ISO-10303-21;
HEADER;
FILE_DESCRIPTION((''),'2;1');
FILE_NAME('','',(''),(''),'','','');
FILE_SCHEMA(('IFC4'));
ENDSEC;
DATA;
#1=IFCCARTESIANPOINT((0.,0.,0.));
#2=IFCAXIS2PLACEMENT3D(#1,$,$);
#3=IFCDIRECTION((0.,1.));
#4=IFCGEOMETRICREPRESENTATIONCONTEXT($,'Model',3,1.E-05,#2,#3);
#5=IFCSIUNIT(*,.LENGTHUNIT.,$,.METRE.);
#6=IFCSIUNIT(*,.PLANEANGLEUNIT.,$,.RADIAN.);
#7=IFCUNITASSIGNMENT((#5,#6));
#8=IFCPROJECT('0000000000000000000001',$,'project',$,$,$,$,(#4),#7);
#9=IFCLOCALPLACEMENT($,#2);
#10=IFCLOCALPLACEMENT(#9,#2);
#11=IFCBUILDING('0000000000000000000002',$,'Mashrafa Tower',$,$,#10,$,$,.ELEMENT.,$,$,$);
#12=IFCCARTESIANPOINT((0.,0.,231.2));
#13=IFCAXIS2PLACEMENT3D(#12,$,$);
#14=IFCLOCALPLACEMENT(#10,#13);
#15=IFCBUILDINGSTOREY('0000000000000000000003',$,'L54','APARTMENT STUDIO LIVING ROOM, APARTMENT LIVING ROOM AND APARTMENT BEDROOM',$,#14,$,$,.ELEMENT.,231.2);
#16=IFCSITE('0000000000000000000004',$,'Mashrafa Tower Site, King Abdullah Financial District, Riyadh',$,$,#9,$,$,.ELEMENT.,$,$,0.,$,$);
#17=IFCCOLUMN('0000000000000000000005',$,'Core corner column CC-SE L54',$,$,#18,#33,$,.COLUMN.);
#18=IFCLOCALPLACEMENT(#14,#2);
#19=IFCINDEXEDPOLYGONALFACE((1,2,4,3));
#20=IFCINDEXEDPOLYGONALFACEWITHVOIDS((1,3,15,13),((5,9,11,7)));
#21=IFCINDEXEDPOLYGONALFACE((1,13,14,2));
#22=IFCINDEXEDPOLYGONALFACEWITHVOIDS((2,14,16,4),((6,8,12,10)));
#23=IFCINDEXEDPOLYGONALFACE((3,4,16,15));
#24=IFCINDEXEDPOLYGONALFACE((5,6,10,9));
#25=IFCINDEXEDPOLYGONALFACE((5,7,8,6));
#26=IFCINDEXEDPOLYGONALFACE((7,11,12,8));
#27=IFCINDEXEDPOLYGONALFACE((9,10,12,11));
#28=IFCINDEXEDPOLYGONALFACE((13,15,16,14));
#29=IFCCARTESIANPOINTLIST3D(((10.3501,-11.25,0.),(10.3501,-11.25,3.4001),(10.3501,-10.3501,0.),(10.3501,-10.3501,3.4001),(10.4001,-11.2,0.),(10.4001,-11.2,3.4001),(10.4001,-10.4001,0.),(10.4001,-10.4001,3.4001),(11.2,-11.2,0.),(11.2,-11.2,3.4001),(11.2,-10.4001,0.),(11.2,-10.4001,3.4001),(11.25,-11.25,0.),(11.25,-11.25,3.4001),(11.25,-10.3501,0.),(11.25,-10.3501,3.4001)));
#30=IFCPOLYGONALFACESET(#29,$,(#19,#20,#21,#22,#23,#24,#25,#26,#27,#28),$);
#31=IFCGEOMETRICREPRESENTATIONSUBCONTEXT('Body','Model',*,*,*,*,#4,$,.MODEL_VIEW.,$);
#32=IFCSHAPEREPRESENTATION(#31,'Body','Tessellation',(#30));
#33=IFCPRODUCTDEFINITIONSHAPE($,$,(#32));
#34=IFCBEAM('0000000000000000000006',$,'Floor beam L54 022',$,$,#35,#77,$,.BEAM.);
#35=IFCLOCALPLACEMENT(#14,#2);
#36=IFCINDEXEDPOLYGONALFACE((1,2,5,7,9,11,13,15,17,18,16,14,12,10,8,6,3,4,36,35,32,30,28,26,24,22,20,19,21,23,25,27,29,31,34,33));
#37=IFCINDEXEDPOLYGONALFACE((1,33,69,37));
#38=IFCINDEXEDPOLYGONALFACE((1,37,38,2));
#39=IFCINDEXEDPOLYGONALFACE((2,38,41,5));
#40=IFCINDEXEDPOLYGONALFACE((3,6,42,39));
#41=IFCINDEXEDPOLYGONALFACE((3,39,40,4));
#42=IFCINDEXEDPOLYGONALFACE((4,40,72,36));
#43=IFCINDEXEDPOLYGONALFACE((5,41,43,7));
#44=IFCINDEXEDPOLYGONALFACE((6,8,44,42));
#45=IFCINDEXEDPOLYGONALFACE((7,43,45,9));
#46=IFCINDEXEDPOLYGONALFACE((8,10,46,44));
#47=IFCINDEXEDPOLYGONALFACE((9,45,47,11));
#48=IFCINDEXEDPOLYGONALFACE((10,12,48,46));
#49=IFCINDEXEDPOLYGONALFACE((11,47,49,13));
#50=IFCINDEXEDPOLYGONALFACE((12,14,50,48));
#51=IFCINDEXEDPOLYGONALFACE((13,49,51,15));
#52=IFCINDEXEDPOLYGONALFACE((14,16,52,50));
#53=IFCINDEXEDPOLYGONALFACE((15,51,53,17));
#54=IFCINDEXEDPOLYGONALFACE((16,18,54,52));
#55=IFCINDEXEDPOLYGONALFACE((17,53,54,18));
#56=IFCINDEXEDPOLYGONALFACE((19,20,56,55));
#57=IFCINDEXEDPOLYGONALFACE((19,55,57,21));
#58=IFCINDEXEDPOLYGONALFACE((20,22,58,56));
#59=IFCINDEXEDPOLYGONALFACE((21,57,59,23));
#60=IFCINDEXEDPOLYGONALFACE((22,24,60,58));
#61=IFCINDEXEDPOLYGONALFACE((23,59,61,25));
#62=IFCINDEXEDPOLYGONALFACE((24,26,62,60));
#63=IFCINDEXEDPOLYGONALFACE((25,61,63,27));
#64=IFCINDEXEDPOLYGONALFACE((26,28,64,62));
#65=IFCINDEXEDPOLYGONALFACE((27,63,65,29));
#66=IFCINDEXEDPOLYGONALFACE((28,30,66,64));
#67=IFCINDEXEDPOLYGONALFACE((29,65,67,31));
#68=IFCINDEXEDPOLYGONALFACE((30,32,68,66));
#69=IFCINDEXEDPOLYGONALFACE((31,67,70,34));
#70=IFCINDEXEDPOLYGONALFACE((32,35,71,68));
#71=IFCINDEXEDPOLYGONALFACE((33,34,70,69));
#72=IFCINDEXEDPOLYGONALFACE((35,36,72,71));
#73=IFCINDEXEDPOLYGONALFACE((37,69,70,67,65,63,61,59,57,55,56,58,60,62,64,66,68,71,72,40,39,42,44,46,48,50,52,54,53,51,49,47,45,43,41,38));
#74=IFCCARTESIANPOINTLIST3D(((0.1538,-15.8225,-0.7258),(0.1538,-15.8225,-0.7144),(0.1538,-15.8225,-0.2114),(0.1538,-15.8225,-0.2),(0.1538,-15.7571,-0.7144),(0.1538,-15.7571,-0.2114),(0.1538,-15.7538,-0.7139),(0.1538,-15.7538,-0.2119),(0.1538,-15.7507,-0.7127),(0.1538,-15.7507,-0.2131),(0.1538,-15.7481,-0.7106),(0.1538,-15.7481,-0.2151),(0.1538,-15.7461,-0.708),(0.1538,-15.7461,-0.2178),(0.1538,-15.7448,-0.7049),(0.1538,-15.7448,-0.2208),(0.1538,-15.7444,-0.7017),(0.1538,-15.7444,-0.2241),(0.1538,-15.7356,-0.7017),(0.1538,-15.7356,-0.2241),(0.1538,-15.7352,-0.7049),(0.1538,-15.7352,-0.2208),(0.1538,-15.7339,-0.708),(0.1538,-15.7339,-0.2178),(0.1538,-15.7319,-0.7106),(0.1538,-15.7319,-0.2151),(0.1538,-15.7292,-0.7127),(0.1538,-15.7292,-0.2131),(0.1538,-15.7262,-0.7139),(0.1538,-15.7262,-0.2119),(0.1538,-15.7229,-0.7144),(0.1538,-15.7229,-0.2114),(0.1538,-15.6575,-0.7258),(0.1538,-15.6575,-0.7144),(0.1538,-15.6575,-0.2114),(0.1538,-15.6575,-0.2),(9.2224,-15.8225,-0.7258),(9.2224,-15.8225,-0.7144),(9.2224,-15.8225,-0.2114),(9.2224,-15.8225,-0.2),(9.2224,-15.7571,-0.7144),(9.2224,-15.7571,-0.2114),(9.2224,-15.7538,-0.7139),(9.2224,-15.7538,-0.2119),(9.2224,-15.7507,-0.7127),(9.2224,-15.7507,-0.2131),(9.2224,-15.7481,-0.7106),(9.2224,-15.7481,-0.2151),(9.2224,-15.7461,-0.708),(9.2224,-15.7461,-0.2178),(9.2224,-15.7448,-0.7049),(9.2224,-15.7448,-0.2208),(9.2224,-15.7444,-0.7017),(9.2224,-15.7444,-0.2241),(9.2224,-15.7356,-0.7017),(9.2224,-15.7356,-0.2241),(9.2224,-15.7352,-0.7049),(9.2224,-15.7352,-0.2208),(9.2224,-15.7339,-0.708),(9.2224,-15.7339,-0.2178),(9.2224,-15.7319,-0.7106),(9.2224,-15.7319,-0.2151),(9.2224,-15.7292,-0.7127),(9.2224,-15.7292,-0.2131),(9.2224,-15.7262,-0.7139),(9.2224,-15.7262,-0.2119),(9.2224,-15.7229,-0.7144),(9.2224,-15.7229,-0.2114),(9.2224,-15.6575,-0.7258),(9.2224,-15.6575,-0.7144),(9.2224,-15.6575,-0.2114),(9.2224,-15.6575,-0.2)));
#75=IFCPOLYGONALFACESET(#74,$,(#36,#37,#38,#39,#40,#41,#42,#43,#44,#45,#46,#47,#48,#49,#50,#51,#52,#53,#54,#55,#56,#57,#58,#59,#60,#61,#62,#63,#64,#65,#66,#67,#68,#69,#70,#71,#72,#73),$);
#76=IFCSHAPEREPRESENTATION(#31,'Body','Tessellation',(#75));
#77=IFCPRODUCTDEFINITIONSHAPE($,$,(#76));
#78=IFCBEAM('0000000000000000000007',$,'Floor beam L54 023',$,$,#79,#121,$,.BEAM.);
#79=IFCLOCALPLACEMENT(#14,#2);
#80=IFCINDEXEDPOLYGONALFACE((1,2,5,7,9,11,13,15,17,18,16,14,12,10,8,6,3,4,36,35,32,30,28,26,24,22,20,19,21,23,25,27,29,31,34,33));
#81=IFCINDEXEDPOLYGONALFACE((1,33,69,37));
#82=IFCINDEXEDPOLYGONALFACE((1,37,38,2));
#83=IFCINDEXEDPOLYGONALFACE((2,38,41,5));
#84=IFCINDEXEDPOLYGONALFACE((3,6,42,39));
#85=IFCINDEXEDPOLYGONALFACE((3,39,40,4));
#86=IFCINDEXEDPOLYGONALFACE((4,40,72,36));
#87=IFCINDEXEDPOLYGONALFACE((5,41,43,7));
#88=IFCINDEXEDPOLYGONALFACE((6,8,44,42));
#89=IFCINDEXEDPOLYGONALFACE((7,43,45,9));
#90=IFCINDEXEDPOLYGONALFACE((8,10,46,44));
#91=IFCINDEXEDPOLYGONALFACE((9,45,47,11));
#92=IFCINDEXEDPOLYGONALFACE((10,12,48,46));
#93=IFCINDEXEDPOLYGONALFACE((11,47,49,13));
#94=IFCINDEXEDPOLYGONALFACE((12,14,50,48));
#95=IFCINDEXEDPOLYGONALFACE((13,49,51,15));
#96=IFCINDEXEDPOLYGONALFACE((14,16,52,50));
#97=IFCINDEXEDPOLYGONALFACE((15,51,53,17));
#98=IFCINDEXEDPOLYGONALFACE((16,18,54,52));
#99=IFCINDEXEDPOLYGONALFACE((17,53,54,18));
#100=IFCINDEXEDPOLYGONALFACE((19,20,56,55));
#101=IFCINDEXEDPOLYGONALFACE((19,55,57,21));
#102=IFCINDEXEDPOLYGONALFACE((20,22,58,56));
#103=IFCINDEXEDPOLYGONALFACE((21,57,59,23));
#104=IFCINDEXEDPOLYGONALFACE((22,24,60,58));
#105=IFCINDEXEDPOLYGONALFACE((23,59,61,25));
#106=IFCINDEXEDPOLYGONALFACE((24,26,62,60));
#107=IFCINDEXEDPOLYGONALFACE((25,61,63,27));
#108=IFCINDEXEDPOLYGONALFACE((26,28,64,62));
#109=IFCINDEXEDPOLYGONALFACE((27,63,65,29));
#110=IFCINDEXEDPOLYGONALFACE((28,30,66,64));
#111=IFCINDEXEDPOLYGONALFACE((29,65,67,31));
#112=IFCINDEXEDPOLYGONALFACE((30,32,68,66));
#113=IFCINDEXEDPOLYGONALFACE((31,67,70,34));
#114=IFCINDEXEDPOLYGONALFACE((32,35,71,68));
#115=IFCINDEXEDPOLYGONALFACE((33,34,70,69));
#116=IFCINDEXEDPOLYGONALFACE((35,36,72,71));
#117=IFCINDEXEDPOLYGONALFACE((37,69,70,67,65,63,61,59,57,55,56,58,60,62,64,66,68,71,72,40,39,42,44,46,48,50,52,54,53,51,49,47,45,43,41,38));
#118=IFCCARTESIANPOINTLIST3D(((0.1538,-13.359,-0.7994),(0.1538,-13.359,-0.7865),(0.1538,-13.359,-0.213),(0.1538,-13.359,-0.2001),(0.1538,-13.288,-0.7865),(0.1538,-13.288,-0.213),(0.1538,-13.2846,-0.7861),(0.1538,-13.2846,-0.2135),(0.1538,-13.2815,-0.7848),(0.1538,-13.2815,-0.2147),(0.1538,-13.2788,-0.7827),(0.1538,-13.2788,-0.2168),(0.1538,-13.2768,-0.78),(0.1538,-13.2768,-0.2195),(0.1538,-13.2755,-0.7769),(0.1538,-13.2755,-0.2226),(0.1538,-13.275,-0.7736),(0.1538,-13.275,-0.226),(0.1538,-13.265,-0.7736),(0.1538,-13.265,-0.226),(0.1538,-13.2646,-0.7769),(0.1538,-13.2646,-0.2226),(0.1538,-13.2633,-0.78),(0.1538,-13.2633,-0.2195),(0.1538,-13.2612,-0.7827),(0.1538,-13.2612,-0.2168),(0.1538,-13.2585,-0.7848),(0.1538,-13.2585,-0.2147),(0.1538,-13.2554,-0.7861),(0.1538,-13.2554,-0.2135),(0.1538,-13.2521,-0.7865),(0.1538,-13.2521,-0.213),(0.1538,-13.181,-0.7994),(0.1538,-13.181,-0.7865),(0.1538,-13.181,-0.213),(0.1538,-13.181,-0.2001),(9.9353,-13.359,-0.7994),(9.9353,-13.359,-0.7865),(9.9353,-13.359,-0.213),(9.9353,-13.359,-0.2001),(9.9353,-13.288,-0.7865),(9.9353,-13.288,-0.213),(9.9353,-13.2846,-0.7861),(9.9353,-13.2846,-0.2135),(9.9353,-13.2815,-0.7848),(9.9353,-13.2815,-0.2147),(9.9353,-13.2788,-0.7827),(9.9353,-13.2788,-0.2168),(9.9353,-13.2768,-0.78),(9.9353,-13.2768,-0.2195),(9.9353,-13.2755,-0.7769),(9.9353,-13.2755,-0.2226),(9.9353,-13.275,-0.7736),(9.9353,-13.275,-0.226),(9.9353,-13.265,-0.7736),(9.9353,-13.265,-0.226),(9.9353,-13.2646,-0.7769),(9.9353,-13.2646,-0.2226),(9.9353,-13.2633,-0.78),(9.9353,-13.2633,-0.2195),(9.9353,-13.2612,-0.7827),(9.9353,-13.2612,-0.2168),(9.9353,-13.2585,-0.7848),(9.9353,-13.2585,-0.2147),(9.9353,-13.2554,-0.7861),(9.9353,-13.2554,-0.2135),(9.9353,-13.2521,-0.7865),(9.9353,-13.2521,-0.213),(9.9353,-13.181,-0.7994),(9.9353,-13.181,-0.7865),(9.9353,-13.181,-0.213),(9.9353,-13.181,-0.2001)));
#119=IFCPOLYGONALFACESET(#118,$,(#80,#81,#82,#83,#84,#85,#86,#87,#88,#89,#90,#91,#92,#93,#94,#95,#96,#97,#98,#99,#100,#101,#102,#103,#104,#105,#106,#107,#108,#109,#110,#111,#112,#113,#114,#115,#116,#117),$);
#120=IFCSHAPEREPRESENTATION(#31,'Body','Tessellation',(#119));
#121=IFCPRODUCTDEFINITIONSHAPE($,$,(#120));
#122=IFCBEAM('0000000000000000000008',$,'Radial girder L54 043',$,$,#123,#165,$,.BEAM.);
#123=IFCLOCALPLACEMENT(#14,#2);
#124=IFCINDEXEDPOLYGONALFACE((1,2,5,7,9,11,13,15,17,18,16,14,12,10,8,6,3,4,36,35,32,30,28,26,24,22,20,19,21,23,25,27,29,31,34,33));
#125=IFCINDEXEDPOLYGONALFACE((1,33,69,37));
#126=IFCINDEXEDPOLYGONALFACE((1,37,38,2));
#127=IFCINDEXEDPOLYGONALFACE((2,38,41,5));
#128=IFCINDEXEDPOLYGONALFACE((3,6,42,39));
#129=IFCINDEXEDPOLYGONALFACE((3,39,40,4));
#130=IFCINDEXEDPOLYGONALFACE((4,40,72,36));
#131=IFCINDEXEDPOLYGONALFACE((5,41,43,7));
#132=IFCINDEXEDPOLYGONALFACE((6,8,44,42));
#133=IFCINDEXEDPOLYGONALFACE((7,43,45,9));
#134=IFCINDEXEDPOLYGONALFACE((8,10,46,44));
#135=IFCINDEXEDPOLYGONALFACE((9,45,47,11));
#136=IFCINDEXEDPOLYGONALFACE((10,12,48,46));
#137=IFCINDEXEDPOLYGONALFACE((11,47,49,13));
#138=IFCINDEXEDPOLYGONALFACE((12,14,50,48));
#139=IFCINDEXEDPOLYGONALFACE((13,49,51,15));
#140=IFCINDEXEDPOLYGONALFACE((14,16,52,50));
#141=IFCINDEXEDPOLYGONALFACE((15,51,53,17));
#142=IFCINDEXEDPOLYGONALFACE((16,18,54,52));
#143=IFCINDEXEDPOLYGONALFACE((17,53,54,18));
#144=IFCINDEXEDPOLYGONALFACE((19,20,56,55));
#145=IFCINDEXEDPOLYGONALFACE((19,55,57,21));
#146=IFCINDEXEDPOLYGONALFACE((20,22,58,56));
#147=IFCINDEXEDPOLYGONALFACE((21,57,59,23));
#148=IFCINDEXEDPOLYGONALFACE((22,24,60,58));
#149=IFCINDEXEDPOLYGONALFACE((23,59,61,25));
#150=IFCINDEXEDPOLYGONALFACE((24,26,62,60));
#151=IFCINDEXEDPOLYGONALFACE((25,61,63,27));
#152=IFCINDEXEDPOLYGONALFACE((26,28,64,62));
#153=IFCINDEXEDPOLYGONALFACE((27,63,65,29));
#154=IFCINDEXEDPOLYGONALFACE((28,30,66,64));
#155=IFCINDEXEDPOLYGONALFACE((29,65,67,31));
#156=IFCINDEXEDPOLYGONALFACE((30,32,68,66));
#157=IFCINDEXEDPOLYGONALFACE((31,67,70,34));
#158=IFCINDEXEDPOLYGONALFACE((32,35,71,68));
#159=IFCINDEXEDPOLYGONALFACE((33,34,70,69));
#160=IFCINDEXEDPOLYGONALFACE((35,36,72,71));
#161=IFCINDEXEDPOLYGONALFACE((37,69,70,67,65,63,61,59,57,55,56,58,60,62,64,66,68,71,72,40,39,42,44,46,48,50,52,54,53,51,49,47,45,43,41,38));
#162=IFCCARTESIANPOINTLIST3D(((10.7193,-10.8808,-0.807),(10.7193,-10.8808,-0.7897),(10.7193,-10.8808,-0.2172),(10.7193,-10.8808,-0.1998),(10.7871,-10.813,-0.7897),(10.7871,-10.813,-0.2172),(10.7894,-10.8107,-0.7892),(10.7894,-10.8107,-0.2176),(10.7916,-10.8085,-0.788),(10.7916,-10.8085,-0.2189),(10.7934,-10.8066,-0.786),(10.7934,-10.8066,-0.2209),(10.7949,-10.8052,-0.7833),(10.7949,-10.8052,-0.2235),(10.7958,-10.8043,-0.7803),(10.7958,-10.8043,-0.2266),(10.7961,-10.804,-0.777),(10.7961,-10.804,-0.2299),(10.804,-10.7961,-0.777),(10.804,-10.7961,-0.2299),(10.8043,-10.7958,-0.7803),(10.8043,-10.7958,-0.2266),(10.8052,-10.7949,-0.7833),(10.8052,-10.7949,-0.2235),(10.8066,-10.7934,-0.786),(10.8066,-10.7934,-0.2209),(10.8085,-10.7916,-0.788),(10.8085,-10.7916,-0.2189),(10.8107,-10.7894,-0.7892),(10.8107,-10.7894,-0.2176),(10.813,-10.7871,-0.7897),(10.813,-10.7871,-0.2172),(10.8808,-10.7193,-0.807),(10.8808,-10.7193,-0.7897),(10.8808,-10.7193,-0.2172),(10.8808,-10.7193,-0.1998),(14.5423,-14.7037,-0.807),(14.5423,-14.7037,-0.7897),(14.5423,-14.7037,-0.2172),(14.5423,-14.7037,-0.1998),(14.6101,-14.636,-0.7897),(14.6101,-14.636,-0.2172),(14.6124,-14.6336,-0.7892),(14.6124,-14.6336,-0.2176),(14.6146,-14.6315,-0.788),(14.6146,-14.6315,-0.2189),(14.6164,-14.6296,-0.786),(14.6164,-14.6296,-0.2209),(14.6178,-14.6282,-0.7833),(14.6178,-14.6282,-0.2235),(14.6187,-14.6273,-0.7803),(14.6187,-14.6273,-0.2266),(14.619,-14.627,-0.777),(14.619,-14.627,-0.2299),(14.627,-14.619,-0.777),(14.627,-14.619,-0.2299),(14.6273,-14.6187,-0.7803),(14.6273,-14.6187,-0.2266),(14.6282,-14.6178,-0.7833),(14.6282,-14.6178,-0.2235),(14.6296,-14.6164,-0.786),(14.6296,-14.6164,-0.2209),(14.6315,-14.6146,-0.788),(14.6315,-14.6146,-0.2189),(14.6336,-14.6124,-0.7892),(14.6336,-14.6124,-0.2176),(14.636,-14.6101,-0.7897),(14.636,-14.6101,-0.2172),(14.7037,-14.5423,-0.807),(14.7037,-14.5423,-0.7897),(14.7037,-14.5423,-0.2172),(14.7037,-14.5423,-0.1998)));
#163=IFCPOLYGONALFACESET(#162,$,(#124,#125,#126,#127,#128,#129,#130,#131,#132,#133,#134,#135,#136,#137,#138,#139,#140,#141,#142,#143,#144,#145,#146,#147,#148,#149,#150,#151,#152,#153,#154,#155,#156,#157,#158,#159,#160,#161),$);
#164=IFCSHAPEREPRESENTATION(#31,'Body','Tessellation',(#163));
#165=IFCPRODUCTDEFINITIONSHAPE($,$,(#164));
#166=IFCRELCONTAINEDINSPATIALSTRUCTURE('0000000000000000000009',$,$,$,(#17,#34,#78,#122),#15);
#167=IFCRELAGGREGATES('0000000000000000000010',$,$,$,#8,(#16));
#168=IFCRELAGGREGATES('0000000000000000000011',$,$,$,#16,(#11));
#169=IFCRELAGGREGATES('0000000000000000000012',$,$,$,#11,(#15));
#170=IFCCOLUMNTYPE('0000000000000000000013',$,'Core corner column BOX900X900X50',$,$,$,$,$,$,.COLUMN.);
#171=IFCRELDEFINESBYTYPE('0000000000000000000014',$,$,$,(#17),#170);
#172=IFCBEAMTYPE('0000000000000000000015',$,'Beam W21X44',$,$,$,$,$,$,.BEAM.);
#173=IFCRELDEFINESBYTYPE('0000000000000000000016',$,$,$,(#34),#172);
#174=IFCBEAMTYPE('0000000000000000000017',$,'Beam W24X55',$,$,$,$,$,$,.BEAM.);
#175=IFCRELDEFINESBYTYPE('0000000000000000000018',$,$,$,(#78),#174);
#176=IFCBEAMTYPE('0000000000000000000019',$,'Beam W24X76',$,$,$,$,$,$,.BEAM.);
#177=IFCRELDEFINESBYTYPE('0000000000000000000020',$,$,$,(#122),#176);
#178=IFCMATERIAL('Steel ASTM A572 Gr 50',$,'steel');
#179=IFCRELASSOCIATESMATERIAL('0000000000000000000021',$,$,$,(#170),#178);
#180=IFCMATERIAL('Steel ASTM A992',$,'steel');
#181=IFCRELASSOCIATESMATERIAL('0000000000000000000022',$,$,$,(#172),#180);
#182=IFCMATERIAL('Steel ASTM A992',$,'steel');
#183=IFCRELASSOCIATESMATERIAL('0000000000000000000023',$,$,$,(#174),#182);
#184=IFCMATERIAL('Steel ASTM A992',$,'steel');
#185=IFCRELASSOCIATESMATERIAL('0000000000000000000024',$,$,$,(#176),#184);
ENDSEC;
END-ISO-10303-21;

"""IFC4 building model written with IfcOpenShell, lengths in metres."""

from ifc_helpers import new_model, si_unit, direction, frame, origin, origin_2d, place, context, subcontext, project, spatial, hollow_rectangle, i_section, extrude, material, material_profile, profile_set, type_object, element, save


model = new_model("IFC4")

# Units and contexts
model_context = context("Model", 3, precision=1e-05, world=origin(), true_north=direction((0.0, 1.0)))
body_context = subcontext(model_context, "Body", "Model", "MODEL_VIEW")
ifc_project = project(units=[si_unit("LENGTHUNIT", "METRE"), si_unit("PLANEANGLEUNIT", "RADIAN")], contexts=[model_context])

# Site, building, storey
site_placement = place(None, origin())
site = spatial("IfcSite", under=ifc_project, at=site_placement, Name="Mashrafa Tower Site, King Abdullah Financial District, Riyadh", CompositionType="ELEMENT", RefElevation=0.0)
building_placement = place(site_placement, origin())
building = spatial("IfcBuilding", under=site, at=building_placement, Name="Mashrafa Tower", CompositionType="ELEMENT")
storey_placement = place(building_placement, frame((0.0, 0.0, 231.2)))
storey = spatial("IfcBuildingStorey", under=building, at=storey_placement, Name="L54", Description="APARTMENT STUDIO LIVING ROOM, APARTMENT LIVING ROOM AND APARTMENT BEDROOM", CompositionType="ELEMENT", Elevation=231.2)

# Column
ifc_material_1 = material(Name="Steel ASTM A572 Gr 50", Category="steel")
ifc_material_profile_1 = material_profile(ifc_material_1, hollow_rectangle(XDim=0.8999, YDim=0.8999, WallThickness=0.05, at=origin_2d()), Name="BOX900X900X50")
ifc_profile_set_1 = profile_set([ifc_material_profile_1], Name="Steel ASTM A572 Gr 50")
column_type = type_object("IfcColumnType", Name="Core corner column BOX900X900X50", PredefinedType="COLUMN", material=ifc_profile_set_1)
column_placement = place(storey_placement, frame((10.8, -10.8, 0.0), z_axis=(0.0, 0.0, 1.0), x_axis=(1.0, 0.0, 0.0)))
element("IfcColumn", 1, at=column_placement, inside=storey, type_object=column_type, Name="Core corner column CC-SE L54", PredefinedType="COLUMN", context=body_context, shape_type="SweptSolid", body=[
    extrude(hollow_rectangle(XDim=0.8999, YDim=0.8999, WallThickness=0.05, at=origin_2d()), origin(), (0.0, 0.0, 1.0), 3.4001),
])

# Beams
ifc_material_2 = material(Name="Steel ASTM A992", Category="steel")
ifc_material_profile_2 = material_profile(ifc_material_2, i_section(OverallWidth=0.165, OverallDepth=0.5259, WebThickness=0.0088, FlangeThickness=0.0115, FilletRadius=0.0127, at=origin_2d()), Name="W21X44")
ifc_profile_set_2 = profile_set([ifc_material_profile_2], Name="Steel ASTM A992")
beam_type_1 = type_object("IfcBeamType", Name="Beam W21X44", PredefinedType="BEAM", material=ifc_profile_set_2)
beam_1_placement = place(storey_placement, frame((9.2224, -15.74, -0.4629), z_axis=(-1.0, 0.0, 0.0), x_axis=(0.0, -1.0, 0.0)))
element("IfcBeam", 2, at=beam_1_placement, inside=storey, type_object=beam_type_1, Name="Floor beam L54 022", PredefinedType="BEAM", context=body_context, shape_type="SweptSolid", body=[
    extrude(i_section(OverallWidth=0.165, OverallDepth=0.5259, WebThickness=0.0088, FlangeThickness=0.0115, FilletRadius=0.0127, at=origin_2d()), origin(), (0.0, 0.0, 1.0), 9.0686),
])
ifc_material_3 = material(Name="Steel ASTM A992", Category="steel")
ifc_material_profile_3 = material_profile(ifc_material_3, i_section(OverallWidth=0.178, OverallDepth=0.5994, WebThickness=0.01, FlangeThickness=0.0129, FilletRadius=0.0129, at=origin_2d()), Name="W24X55")
ifc_profile_set_3 = profile_set([ifc_material_profile_3], Name="Steel ASTM A992")
beam_type_2 = type_object("IfcBeamType", Name="Beam W24X55", PredefinedType="BEAM", material=ifc_profile_set_3)
beam_2_placement = place(storey_placement, frame((9.9353, -13.27, -0.4998), z_axis=(-1.0, 0.0, 0.0), x_axis=(0.0, -1.0, 0.0)))
element("IfcBeam", 3, at=beam_2_placement, inside=storey, type_object=beam_type_2, Name="Floor beam L54 023", PredefinedType="BEAM", context=body_context, shape_type="SweptSolid", body=[
    extrude(i_section(OverallWidth=0.178, OverallDepth=0.5994, WebThickness=0.01, FlangeThickness=0.0129, FilletRadius=0.0129, at=origin_2d()), origin(), (0.0, 0.0, 1.0), 9.7815),
])
ifc_material_4 = material(Name="Steel ASTM A992", Category="steel")
ifc_material_profile_4 = material_profile(ifc_material_4, i_section(OverallWidth=0.2283, OverallDepth=0.6072, WebThickness=0.0112, FlangeThickness=0.0173, FilletRadius=0.0127, at=origin_2d()), Name="W24X76")
ifc_profile_set_4 = profile_set([ifc_material_profile_4], Name="Steel ASTM A992")
beam_type_3 = type_object("IfcBeamType", Name="Beam W24X76", PredefinedType="BEAM", material=ifc_profile_set_4)
beam_3_placement = place(storey_placement, frame((10.8, -10.8, -0.5034), z_axis=(0.707107, -0.707107, 0.0), x_axis=(0.707107, 0.707107, 0.0)))
element("IfcBeam", 4, at=beam_3_placement, inside=storey, type_object=beam_type_3, Name="Radial girder L54 043", PredefinedType="BEAM", context=body_context, shape_type="SweptSolid", body=[
    extrude(i_section(OverallWidth=0.2283, OverallDepth=0.6072, WebThickness=0.0112, FlangeThickness=0.0173, FilletRadius=0.0127, at=origin_2d()), origin(), (0.0, 0.0, 1.0), 5.4065),
])

save(model, "model.ifc")
